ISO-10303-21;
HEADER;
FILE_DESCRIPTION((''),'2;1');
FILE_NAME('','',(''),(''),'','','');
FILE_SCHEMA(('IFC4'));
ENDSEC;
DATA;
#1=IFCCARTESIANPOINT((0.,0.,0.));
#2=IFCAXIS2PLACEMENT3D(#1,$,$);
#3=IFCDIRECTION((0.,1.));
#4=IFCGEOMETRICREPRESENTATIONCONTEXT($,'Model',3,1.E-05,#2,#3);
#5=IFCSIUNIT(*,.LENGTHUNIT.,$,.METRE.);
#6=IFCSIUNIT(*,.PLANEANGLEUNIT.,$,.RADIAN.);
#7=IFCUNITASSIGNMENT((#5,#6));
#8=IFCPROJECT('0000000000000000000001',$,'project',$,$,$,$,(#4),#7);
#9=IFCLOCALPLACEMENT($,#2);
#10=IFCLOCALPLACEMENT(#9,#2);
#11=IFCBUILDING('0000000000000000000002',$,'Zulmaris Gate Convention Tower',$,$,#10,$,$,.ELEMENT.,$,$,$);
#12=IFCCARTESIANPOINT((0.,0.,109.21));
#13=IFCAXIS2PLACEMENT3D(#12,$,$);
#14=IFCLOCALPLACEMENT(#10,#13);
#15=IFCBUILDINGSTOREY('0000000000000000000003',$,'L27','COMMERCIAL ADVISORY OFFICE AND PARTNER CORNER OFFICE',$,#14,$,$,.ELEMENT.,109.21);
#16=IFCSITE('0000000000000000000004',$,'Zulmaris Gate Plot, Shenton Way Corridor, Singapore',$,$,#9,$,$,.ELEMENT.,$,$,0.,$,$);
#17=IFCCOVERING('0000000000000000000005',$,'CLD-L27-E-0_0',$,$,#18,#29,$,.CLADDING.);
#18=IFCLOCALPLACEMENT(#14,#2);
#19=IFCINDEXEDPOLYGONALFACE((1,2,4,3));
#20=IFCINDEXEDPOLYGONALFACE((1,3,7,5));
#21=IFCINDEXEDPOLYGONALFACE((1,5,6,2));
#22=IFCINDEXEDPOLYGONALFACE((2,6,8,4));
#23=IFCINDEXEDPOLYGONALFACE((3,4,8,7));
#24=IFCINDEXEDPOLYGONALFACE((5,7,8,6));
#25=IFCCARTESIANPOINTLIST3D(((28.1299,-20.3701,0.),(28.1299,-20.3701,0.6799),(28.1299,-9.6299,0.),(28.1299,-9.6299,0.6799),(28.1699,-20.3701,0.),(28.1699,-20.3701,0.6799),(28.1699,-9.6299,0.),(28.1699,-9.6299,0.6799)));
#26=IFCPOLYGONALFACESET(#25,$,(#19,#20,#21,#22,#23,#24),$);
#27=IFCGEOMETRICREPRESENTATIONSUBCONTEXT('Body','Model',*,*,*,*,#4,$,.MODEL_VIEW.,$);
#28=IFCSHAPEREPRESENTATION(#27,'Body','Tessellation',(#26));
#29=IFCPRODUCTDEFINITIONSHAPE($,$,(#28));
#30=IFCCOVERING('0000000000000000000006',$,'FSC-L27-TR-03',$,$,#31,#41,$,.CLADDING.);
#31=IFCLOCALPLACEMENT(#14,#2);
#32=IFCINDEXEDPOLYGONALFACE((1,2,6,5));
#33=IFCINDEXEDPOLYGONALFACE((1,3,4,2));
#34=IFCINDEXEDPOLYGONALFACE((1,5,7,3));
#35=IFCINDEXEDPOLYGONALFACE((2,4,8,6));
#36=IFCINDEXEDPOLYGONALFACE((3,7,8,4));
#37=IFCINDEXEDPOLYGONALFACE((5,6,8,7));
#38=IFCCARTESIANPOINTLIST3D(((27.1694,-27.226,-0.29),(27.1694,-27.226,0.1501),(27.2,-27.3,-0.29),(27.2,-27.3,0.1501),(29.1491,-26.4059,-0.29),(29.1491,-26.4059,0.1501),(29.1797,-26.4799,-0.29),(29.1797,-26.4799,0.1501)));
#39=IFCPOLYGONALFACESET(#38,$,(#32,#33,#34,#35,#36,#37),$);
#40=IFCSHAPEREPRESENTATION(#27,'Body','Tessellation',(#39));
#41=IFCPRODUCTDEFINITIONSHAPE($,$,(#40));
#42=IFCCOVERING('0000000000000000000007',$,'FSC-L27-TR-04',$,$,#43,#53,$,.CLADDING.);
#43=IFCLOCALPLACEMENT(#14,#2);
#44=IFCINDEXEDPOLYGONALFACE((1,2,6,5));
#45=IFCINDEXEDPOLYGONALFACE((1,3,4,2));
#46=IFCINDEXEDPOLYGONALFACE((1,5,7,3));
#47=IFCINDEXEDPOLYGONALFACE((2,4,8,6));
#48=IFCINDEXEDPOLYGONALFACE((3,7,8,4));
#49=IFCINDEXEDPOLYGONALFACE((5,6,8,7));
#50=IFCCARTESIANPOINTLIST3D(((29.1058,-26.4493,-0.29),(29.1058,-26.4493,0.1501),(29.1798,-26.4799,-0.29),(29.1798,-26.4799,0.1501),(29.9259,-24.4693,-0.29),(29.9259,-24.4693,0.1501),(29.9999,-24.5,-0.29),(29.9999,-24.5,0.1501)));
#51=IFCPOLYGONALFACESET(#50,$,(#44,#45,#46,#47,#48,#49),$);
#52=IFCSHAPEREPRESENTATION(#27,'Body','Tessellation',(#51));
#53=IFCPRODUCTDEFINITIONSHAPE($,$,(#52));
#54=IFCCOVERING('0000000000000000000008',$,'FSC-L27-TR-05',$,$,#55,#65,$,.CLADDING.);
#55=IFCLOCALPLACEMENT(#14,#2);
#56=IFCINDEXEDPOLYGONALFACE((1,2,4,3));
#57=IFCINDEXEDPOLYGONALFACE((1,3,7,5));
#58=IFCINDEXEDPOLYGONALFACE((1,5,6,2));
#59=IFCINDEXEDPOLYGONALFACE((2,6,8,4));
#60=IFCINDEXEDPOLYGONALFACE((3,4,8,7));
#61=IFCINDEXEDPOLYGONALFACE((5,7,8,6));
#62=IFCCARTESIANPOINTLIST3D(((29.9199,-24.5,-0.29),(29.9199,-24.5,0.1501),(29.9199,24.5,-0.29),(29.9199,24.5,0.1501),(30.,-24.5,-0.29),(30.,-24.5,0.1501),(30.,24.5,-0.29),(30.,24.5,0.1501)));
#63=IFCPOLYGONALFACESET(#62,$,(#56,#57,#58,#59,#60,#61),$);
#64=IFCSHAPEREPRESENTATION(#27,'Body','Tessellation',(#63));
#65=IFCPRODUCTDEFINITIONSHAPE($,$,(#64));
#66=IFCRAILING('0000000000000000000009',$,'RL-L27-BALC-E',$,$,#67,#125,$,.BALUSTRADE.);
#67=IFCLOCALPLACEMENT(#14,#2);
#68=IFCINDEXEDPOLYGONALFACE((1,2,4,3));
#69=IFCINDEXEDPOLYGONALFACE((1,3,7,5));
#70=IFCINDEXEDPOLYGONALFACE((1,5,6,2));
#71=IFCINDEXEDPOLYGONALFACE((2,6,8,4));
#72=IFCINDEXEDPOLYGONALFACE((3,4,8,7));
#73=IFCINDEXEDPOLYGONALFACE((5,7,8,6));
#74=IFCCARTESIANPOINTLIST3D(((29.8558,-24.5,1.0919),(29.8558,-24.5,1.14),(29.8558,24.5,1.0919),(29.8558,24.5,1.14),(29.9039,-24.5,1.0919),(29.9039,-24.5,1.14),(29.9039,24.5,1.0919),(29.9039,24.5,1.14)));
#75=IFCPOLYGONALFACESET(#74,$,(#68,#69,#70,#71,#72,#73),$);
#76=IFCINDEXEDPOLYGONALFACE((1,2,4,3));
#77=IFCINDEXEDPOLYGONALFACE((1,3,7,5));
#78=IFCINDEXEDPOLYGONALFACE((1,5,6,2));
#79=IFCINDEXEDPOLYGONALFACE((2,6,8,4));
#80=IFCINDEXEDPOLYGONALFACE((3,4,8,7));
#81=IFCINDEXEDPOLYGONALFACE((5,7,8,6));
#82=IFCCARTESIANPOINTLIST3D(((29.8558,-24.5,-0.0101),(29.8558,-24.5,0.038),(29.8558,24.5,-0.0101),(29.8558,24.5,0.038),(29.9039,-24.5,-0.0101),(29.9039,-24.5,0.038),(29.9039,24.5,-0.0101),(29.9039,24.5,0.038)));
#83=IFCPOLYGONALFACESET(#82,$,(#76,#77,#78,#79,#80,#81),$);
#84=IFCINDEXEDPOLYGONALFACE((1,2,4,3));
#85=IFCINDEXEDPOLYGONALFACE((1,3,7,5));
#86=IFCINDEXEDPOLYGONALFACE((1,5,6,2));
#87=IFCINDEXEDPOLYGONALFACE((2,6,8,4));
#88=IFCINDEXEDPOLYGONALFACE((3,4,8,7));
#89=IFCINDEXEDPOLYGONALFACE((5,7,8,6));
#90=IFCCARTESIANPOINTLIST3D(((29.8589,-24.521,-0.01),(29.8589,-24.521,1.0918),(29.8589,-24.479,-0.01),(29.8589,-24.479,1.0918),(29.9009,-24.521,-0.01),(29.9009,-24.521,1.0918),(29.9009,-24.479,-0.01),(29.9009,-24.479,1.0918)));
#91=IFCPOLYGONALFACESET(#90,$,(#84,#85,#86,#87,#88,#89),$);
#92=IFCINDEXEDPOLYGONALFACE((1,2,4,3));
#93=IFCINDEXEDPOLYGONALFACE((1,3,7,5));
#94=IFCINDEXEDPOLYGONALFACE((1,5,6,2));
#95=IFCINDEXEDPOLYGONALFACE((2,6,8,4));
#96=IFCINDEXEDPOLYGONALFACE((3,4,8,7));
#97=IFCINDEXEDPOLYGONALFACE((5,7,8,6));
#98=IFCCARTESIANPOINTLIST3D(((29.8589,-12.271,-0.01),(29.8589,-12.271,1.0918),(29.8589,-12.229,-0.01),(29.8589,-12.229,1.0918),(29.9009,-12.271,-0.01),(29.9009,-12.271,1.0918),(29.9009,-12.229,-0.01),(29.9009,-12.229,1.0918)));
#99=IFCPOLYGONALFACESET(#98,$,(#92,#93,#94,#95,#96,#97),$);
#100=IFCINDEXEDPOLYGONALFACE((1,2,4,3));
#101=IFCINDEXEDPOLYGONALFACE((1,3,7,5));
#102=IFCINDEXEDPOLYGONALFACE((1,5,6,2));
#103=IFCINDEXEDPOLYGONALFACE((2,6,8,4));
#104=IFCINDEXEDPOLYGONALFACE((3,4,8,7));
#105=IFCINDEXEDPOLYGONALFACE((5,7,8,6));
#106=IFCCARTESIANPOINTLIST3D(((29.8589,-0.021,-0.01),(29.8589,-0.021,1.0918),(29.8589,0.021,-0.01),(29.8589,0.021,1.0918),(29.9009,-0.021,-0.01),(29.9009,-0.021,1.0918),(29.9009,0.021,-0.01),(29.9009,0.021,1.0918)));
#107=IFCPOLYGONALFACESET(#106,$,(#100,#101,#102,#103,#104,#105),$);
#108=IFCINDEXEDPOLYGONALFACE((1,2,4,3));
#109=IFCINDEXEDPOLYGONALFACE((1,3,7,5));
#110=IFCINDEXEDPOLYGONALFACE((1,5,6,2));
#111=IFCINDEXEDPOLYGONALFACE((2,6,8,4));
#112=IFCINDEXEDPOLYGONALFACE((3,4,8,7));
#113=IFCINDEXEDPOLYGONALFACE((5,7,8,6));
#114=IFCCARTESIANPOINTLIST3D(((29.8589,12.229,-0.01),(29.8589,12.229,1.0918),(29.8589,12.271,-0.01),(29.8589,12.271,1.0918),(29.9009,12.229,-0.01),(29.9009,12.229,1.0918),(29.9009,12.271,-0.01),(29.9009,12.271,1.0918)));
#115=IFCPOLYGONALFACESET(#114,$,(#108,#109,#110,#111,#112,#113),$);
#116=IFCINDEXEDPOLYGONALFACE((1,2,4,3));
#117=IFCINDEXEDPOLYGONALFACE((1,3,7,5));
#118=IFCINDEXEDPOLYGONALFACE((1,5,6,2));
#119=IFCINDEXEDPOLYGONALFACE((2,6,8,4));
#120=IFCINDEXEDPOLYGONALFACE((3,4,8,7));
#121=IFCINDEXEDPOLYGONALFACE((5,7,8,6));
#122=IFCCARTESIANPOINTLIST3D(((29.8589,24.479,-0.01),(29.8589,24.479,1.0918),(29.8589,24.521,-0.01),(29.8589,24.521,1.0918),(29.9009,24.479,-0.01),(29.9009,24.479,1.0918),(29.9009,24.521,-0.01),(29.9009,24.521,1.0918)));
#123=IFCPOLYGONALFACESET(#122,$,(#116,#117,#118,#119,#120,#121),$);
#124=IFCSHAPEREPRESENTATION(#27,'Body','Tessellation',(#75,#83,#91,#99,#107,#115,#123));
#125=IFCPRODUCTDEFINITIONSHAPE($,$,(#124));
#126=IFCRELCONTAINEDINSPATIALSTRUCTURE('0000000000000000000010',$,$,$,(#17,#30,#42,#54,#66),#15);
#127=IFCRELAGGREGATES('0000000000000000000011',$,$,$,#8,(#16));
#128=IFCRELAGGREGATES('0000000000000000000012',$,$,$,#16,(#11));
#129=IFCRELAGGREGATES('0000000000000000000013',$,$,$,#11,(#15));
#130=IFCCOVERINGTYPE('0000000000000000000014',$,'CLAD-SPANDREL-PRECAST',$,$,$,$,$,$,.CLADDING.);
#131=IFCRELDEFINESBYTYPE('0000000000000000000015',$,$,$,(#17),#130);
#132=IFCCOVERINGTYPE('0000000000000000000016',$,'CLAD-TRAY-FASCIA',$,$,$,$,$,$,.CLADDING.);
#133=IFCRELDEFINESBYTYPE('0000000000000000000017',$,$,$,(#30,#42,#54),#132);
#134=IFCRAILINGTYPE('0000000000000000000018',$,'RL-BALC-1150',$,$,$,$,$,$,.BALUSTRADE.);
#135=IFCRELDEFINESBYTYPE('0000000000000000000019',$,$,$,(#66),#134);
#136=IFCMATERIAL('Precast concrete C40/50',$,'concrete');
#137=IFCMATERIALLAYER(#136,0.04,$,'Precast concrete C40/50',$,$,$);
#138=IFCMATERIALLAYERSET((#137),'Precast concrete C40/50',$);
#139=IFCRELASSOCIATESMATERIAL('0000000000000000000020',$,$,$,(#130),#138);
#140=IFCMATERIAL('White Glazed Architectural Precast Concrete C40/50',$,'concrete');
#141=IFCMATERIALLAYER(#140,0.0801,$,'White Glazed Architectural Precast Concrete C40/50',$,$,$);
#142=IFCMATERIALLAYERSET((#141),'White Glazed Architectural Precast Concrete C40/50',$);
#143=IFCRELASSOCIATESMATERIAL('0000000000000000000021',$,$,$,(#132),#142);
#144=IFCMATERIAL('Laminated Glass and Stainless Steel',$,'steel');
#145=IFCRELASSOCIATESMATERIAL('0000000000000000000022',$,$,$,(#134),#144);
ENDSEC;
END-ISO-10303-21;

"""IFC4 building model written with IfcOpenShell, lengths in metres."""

from ifc_helpers import new_model, si_unit, direction, frame, frame_2d, origin, origin_2d, place, context, subcontext, project, spatial, rectangle, extrude, material, layer, layer_set, type_object, element, save


model = new_model("IFC4")

# Units and contexts
model_context = context("Model", 3, precision=1e-05, world=origin(), true_north=direction((0.0, 1.0)))
body_context = subcontext(model_context, "Body", "Model", "MODEL_VIEW")
ifc_project = project(units=[si_unit("LENGTHUNIT", "METRE"), si_unit("PLANEANGLEUNIT", "RADIAN")], contexts=[model_context])

# Site, building, storey
site_placement = place(None, origin())
site = spatial("IfcSite", under=ifc_project, at=site_placement, Name="Zulmaris Gate Plot, Shenton Way Corridor, Singapore", CompositionType="ELEMENT", RefElevation=0.0)
building_placement = place(site_placement, origin())
building = spatial("IfcBuilding", under=site, at=building_placement, Name="Zulmaris Gate Convention Tower", CompositionType="ELEMENT")
storey_placement = place(building_placement, frame((0.0, 0.0, 109.21)))
storey = spatial("IfcBuildingStorey", under=building, at=storey_placement, Name="L27", Description="COMMERCIAL ADVISORY OFFICE AND PARTNER CORNER OFFICE", CompositionType="ELEMENT", Elevation=109.21)

# Shared definitions
ifc_material_1 = material(Name="Precast concrete C40/50", Category="concrete")

# Coverings
ifc_layer_1 = layer(ifc_material_1, 0.04, Name="Precast concrete C40/50")
ifc_layer_set_1 = layer_set([ifc_layer_1], Name="Precast concrete C40/50")
covering_type_1 = type_object("IfcCoveringType", Name="CLAD-SPANDREL-PRECAST", PredefinedType="CLADDING", material=ifc_layer_set_1)
covering_1_placement = place(storey_placement, frame((28.1499, -20.3701, 0.0), z_axis=(0.0, 0.0, 1.0), x_axis=(0.0, 1.0, 0.0)))
element("IfcCovering", 1, at=covering_1_placement, inside=storey, type_object=covering_type_1, Name="CLD-L27-E-0_0", PredefinedType="CLADDING", context=body_context, shape_type="SweptSolid", body=[
    extrude(rectangle(XDim=10.7402, YDim=0.04, at=frame_2d((5.3701, 0.0))), origin(), (0.0, 0.0, 1.0), 0.6799),
])
ifc_material_2 = material(Name="White Glazed Architectural Precast Concrete C40/50", Category="concrete")
ifc_layer_2 = layer(ifc_material_2, 0.0801, Name="White Glazed Architectural Precast Concrete C40/50")
ifc_layer_set_2 = layer_set([ifc_layer_2], Name="White Glazed Architectural Precast Concrete C40/50")
covering_type_2 = type_object("IfcCoveringType", Name="CLAD-TRAY-FASCIA", PredefinedType="CLADDING", material=ifc_layer_set_2)
covering_2_placement = place(storey_placement, frame((27.1848, -27.2629, -0.29), z_axis=(0.0, 0.0, 1.0), x_axis=(0.923874, 0.382697, 0.0)))
element("IfcCovering", 2, at=covering_2_placement, inside=storey, type_object=covering_type_2, Name="FSC-L27-TR-03", PredefinedType="CLADDING", context=body_context, shape_type="SweptSolid", body=[
    extrude(rectangle(XDim=2.1428, YDim=0.0801, at=frame_2d((1.0713, 0.0))), origin(), (0.0, 0.0, 1.0), 0.4402),
])
covering_3_placement = place(storey_placement, frame((29.1428, -26.4646, -0.29), z_axis=(0.0, 0.0, 1.0), x_axis=(0.382657, 0.92389, 0.0)))
element("IfcCovering", 3, at=covering_3_placement, inside=storey, type_object=covering_type_2, Name="FSC-L27-TR-04", PredefinedType="CLADDING", context=body_context, shape_type="SweptSolid", body=[
    extrude(rectangle(XDim=2.1431, YDim=0.0801, at=frame_2d((1.0715, 0.0))), origin(), (0.0, 0.0, 1.0), 0.4402),
])
covering_4_placement = place(storey_placement, frame((29.96, -24.5, -0.29), z_axis=(0.0, 0.0, 1.0), x_axis=(0.0, 1.0, 0.0)))
element("IfcCovering", 4, at=covering_4_placement, inside=storey, type_object=covering_type_2, Name="FSC-L27-TR-05", PredefinedType="CLADDING", context=body_context, shape_type="SweptSolid", body=[
    extrude(rectangle(XDim=49.0, YDim=0.0801, at=frame_2d((24.5, 0.0))), origin(), (0.0, 0.0, 1.0), 0.4402),
])

# Railing
ifc_material_3 = material(Name="Laminated Glass and Stainless Steel", Category="steel")
railing_type = type_object("IfcRailingType", Name="RL-BALC-1150", PredefinedType="BALUSTRADE", material=ifc_material_3)
railing_placement = place(storey_placement, frame((29.8799, -24.5, -0.01)))
element("IfcRailing", 5, at=railing_placement, inside=storey, type_object=railing_type, Name="RL-L27-BALC-E", PredefinedType="BALUSTRADE", context=body_context, shape_type="SweptSolid", body=[
    extrude(rectangle(XDim=0.0481, YDim=0.0481, at=origin_2d()), frame((0.0, 0.0, 1.126), z_axis=(0.0, 1.0, 0.0), x_axis=(-1.0, 0.0, 0.0)), (0.0, 0.0, 1.0), 49.0),
    extrude(rectangle(XDim=0.0481, YDim=0.0481, at=origin_2d()), frame((0.0, 0.0, 0.0239), z_axis=(0.0, 1.0, 0.0), x_axis=(-1.0, 0.0, 0.0)), (0.0, 0.0, 1.0), 49.0),
    extrude(rectangle(XDim=0.042, YDim=0.042, at=origin_2d()), origin(), (0.0, 0.0, 1.0), 1.1018),
    extrude(rectangle(XDim=0.042, YDim=0.042, at=origin_2d()), frame((0.0, 12.25, 0.0)), (0.0, 0.0, 1.0), 1.1018),
    extrude(rectangle(XDim=0.042, YDim=0.042, at=origin_2d()), frame((0.0, 24.5, 0.0)), (0.0, 0.0, 1.0), 1.1018),
    extrude(rectangle(XDim=0.042, YDim=0.042, at=origin_2d()), frame((0.0, 36.75, 0.0)), (0.0, 0.0, 1.0), 1.1018),
    extrude(rectangle(XDim=0.042, YDim=0.042, at=origin_2d()), frame((0.0, 49.0, 0.0)), (0.0, 0.0, 1.0), 1.1018),
])

save(model, "model.ifc")
